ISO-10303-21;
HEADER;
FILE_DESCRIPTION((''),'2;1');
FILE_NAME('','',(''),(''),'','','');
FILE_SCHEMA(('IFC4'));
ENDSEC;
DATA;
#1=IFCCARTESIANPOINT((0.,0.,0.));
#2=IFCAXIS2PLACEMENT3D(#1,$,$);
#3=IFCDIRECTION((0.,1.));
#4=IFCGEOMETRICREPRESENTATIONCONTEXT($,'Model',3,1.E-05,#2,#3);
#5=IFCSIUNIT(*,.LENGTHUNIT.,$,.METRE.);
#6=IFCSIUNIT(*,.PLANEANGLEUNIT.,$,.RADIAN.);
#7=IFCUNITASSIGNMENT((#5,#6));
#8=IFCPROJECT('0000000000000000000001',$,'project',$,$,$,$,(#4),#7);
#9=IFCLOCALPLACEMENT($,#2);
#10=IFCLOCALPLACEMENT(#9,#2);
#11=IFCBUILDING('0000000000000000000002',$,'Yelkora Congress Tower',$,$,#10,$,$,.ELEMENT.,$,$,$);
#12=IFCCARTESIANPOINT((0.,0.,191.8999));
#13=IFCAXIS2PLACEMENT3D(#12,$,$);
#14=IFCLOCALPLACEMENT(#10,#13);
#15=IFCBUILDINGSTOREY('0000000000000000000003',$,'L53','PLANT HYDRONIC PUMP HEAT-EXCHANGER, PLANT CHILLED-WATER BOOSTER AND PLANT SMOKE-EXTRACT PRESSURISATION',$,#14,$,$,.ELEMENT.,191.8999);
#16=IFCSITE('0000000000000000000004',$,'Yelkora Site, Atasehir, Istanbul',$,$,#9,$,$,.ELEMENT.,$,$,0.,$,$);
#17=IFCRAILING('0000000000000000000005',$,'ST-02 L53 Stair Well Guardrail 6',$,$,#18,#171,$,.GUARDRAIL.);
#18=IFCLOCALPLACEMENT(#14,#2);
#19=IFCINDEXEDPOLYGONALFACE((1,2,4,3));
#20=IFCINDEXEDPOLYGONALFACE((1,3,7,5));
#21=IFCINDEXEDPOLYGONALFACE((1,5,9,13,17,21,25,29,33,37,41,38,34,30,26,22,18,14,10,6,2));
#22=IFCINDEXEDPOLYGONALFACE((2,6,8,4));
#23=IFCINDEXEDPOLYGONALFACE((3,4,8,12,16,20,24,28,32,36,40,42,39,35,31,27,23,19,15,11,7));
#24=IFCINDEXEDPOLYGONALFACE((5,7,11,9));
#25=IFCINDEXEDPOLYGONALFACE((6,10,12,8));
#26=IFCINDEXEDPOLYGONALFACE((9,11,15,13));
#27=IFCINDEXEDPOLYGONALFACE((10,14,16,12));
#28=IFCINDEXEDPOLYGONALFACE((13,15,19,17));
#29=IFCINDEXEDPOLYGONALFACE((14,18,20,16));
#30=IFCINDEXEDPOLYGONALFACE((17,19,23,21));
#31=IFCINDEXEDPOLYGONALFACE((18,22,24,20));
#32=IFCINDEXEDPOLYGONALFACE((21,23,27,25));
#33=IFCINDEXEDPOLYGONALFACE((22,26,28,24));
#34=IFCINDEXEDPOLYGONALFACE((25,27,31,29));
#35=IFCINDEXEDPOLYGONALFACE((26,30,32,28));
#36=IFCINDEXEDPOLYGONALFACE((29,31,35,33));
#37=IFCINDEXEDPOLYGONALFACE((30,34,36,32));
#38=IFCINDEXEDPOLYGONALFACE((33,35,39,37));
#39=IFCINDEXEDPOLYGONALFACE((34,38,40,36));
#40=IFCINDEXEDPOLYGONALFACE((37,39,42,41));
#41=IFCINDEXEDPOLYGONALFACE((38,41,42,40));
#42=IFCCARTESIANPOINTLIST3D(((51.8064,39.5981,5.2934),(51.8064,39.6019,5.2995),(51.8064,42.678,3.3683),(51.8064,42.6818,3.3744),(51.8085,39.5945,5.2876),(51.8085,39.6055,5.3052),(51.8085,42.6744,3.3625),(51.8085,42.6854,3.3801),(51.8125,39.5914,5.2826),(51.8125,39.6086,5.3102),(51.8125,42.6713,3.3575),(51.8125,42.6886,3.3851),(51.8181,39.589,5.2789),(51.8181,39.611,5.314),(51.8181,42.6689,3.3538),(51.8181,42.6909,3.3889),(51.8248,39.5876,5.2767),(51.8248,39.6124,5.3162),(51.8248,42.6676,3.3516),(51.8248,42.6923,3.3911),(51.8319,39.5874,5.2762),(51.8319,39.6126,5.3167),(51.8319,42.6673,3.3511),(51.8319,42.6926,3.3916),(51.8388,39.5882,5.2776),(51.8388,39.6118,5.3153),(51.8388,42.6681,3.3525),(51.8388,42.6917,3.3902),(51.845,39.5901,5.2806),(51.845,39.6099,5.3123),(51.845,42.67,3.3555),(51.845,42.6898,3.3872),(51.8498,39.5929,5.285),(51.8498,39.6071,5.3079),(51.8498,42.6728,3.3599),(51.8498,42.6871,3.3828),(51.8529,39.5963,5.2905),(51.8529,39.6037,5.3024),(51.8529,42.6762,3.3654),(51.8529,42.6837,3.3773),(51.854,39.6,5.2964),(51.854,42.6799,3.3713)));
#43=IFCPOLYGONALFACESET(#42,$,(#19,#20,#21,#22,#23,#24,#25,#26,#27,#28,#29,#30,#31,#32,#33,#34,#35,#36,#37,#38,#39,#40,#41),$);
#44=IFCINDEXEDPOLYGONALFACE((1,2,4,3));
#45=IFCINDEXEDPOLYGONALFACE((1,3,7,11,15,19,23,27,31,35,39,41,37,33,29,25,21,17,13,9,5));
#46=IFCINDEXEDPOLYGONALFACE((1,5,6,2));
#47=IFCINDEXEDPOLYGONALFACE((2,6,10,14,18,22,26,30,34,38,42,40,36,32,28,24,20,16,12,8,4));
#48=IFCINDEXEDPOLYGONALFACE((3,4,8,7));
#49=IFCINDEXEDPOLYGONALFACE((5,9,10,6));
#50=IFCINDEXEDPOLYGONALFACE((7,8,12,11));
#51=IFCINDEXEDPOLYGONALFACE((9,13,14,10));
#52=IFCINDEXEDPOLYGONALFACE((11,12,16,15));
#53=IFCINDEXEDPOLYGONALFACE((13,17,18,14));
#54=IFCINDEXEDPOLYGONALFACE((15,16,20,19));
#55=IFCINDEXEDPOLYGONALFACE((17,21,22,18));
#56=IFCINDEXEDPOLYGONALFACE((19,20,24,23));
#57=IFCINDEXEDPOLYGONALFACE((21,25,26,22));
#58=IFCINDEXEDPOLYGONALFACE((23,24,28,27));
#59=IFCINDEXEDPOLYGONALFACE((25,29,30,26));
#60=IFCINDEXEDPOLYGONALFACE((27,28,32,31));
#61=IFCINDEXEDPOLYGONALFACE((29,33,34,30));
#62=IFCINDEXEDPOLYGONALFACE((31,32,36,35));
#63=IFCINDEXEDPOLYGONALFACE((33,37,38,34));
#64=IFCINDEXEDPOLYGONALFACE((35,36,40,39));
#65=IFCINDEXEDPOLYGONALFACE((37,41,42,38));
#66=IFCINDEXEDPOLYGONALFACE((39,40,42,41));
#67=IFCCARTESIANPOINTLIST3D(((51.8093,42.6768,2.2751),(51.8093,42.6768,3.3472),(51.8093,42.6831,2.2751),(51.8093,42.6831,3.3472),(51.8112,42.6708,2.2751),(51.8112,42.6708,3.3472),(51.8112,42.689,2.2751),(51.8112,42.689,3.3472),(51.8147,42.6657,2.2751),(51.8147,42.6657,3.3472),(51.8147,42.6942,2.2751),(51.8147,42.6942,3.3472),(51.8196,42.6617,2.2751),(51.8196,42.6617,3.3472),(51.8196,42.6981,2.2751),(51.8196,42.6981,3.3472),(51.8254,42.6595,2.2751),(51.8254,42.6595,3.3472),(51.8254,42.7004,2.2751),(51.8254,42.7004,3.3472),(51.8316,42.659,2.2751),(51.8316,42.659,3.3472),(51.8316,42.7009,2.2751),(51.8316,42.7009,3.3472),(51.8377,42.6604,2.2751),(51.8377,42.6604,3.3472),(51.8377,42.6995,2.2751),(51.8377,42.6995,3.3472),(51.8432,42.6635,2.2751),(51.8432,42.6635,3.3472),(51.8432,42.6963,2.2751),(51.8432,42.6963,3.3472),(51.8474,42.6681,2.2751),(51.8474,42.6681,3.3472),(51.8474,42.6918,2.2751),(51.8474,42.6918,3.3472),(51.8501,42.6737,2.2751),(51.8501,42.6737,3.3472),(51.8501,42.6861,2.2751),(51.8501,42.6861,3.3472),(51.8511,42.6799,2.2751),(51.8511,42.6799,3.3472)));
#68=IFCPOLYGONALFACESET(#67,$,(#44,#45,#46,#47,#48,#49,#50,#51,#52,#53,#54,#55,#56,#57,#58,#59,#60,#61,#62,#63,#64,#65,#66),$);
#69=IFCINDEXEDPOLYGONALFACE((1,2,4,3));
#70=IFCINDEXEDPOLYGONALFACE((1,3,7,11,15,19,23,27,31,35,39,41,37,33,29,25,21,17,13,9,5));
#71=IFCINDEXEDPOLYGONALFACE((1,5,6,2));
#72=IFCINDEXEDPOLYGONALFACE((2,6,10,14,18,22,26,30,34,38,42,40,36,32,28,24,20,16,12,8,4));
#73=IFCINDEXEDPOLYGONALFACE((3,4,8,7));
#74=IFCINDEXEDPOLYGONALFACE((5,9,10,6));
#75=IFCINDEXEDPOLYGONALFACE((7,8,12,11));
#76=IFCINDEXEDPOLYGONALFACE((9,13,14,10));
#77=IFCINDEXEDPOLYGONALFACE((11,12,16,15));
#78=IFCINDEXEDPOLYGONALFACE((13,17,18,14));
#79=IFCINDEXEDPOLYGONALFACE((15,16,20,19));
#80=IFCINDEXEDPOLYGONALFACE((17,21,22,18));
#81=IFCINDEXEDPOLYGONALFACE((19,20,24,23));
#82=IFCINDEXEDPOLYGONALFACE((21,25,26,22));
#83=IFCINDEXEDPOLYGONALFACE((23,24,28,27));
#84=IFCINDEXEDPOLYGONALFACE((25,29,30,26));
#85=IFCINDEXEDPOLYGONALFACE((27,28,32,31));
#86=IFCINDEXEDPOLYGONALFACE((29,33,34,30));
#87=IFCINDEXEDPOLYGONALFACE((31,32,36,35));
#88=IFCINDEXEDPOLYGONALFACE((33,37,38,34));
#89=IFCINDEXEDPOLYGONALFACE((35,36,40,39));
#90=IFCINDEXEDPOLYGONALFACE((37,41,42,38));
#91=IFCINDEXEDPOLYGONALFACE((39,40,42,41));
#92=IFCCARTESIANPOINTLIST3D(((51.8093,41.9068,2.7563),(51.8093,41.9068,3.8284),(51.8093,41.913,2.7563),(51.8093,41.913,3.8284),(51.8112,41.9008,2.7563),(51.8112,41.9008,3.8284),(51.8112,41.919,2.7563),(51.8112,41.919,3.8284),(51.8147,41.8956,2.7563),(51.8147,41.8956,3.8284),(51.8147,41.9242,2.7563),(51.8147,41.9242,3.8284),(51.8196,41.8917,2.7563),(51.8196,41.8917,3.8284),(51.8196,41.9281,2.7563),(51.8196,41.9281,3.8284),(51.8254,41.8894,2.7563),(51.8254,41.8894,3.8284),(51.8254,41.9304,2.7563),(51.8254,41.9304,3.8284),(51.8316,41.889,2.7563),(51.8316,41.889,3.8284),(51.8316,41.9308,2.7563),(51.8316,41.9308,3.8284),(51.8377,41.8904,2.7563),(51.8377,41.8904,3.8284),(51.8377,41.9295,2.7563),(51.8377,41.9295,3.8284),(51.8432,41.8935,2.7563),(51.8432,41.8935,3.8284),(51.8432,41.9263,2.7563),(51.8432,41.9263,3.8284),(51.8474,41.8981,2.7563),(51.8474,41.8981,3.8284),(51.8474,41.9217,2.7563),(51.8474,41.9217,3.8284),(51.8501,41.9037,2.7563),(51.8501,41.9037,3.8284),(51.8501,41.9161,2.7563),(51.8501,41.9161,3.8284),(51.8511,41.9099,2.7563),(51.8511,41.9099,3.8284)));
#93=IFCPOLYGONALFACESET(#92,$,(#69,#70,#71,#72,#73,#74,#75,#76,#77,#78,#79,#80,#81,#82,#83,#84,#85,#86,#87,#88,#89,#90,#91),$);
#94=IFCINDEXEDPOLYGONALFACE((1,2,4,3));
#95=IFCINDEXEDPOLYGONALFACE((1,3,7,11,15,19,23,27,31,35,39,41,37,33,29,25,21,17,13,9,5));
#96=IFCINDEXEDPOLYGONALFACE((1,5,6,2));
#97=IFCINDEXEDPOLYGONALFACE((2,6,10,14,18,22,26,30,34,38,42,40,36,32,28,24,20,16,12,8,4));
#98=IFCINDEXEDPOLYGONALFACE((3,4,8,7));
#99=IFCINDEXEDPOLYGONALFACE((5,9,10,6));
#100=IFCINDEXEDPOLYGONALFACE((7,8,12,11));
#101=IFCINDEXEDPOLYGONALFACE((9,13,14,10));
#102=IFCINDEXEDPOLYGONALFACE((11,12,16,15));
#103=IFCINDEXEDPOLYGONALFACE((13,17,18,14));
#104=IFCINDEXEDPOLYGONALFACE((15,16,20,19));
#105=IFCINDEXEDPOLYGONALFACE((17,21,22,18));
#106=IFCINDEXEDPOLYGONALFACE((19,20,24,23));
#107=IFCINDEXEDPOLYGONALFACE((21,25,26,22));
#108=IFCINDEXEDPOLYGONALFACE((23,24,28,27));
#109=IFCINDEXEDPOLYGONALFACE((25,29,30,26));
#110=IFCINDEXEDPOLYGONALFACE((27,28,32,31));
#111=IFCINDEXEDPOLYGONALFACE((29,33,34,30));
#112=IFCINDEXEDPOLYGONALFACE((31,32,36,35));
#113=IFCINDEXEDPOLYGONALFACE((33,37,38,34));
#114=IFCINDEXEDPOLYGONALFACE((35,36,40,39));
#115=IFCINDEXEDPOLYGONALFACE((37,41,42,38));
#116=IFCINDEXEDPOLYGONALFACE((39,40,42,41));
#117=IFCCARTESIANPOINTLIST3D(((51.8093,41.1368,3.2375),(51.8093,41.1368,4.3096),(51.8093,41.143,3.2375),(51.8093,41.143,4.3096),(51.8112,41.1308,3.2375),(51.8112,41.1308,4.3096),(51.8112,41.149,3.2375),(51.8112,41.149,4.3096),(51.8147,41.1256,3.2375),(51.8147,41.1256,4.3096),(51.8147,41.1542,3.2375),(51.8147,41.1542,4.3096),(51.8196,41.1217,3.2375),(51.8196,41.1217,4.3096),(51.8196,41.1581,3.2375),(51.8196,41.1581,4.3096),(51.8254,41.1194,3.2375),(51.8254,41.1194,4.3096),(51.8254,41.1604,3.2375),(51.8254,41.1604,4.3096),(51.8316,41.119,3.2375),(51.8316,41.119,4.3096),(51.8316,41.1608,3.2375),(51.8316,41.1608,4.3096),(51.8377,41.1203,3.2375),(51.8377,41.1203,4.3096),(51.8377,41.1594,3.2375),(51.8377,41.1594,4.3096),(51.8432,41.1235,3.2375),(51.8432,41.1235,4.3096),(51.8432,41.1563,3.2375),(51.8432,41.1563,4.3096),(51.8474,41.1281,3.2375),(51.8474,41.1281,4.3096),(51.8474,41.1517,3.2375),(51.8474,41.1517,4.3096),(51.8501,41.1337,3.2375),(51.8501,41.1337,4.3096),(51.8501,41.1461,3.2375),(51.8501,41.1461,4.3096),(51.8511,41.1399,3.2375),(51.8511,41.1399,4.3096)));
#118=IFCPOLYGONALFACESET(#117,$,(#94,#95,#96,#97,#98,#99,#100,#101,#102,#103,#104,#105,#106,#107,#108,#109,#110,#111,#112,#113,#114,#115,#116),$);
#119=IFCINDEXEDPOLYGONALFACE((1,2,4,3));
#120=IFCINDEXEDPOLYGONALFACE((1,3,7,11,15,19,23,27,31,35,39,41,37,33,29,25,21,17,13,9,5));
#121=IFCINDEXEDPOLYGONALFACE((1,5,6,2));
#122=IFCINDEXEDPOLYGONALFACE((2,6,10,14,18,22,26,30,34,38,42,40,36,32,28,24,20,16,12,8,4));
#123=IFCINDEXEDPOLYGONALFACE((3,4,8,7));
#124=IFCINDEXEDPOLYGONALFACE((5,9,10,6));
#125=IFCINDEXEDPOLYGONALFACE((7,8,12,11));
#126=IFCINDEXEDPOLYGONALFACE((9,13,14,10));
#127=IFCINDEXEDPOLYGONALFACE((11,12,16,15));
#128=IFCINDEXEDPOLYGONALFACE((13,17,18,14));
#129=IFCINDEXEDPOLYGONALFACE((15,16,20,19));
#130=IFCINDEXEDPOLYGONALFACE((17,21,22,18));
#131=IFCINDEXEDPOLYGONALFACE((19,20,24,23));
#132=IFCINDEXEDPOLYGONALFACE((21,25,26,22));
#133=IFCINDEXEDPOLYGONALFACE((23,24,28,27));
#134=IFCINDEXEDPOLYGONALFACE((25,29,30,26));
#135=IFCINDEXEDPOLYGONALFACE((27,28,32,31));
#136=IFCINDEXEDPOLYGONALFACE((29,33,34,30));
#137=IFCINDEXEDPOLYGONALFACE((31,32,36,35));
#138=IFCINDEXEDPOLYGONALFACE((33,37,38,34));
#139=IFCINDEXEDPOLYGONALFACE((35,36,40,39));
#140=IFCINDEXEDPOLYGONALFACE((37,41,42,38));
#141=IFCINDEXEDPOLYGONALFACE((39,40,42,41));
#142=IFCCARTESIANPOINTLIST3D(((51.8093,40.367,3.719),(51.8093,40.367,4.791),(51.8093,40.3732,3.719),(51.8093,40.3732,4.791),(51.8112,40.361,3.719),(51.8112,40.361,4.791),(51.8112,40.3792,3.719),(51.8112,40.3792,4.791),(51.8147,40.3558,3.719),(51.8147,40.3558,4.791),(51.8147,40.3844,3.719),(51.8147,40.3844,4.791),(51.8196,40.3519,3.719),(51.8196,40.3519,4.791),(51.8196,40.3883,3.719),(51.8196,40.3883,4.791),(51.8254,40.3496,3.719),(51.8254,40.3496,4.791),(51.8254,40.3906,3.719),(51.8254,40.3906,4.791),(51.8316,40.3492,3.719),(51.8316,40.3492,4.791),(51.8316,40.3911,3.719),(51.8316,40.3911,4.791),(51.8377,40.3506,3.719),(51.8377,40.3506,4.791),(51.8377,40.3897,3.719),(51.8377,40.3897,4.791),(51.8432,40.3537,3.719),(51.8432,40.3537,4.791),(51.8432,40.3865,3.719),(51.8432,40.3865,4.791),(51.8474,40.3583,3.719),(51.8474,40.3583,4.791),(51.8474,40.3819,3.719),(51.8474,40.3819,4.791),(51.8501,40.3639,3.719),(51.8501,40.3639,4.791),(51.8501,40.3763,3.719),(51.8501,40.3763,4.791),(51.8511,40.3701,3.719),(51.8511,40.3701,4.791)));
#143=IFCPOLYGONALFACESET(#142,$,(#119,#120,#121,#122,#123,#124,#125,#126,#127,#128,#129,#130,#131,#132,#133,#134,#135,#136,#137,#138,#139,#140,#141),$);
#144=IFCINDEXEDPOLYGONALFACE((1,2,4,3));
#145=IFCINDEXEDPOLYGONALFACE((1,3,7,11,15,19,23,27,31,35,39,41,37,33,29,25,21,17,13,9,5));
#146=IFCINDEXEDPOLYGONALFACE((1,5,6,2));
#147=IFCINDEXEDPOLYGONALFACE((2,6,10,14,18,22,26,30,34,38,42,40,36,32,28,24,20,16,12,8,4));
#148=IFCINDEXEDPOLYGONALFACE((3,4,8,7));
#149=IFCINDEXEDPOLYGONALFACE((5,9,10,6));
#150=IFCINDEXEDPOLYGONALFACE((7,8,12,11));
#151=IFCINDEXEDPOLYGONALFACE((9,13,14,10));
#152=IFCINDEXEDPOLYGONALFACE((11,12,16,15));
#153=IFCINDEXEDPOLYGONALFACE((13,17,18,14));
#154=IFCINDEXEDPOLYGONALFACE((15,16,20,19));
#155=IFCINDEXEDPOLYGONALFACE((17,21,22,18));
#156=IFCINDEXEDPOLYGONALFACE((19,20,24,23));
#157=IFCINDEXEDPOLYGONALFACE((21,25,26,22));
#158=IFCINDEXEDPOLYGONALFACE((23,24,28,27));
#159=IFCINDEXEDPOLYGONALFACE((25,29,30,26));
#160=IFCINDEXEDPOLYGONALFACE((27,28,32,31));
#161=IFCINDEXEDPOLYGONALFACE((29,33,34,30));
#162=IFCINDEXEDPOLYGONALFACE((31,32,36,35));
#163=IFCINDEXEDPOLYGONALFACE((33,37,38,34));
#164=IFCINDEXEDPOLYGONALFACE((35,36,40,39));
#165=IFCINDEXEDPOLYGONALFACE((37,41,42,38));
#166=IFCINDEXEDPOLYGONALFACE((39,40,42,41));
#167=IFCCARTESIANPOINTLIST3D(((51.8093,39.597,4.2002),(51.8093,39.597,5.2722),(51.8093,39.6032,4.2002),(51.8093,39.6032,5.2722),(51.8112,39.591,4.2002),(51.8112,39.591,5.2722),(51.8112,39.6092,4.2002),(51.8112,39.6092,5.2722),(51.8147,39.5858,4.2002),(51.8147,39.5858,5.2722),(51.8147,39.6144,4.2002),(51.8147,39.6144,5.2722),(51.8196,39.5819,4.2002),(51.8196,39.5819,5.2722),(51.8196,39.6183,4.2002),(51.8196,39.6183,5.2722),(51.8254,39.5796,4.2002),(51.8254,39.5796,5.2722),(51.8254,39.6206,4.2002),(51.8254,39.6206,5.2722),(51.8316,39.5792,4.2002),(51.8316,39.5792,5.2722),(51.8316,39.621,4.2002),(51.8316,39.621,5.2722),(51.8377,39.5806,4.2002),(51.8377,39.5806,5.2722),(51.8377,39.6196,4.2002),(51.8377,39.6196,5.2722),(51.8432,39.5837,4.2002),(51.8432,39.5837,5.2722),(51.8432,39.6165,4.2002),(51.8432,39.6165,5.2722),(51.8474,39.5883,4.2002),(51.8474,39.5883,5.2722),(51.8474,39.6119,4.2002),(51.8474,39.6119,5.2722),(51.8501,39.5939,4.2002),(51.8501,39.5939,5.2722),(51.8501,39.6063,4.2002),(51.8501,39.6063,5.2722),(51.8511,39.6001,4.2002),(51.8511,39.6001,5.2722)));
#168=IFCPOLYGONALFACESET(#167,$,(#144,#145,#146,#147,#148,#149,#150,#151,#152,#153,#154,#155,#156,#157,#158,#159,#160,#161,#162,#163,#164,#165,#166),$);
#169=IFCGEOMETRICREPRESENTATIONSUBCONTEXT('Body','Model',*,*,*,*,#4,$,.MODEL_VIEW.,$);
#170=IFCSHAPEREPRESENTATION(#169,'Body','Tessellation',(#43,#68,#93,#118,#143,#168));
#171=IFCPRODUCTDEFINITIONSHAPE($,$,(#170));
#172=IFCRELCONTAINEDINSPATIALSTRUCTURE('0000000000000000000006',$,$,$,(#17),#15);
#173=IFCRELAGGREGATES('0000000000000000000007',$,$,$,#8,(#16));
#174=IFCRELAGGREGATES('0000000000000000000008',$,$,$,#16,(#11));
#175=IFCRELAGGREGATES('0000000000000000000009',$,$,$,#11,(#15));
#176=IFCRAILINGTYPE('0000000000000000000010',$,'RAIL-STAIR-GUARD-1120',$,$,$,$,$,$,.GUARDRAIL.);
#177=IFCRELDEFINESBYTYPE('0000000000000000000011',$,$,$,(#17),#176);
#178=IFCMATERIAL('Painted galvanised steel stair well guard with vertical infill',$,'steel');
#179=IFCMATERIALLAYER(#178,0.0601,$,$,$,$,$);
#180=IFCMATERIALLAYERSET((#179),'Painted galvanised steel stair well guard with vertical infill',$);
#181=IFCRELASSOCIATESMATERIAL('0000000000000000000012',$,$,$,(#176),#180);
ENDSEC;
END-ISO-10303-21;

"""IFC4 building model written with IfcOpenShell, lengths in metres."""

from ifc_helpers import new_model, si_unit, direction, frame, origin, origin_2d, place, context, subcontext, project, spatial, circle, extrude, material, layer, layer_set, type_object, element, save


model = new_model("IFC4")

# Units and contexts
model_context = context("Model", 3, precision=1e-05, world=origin(), true_north=direction((0.0, 1.0)))
body_context = subcontext(model_context, "Body", "Model", "MODEL_VIEW")
ifc_project = project(units=[si_unit("LENGTHUNIT", "METRE"), si_unit("PLANEANGLEUNIT", "RADIAN")], contexts=[model_context])

# Site, building, storey
site_placement = place(None, origin())
site = spatial("IfcSite", under=ifc_project, at=site_placement, Name="Yelkora Site, Atasehir, Istanbul", CompositionType="ELEMENT", RefElevation=0.0)
building_placement = place(site_placement, origin())
building = spatial("IfcBuilding", under=site, at=building_placement, Name="Yelkora Congress Tower", CompositionType="ELEMENT")
storey_placement = place(building_placement, frame((0.0, 0.0, 191.8999)))
storey = spatial("IfcBuildingStorey", under=building, at=storey_placement, Name="L53", Description="PLANT HYDRONIC PUMP HEAT-EXCHANGER, PLANT CHILLED-WATER BOOSTER AND PLANT SMOKE-EXTRACT PRESSURISATION", CompositionType="ELEMENT", Elevation=191.8999)

# Railing
ifc_material_1 = material(Name="Painted galvanised steel stair well guard with vertical infill", Category="steel")
ifc_layer_1 = layer(ifc_material_1, 0.0601)
ifc_layer_set_1 = layer_set([ifc_layer_1], Name="Painted galvanised steel stair well guard with vertical infill")
railing_type_1 = type_object("IfcRailingType", Name="RAIL-STAIR-GUARD-1120", PredefinedType="GUARDRAIL", material=ifc_layer_set_1)
railing_1_placement = place(storey_placement, frame((51.8301, 42.6799, 2.2751)))
element("IfcRailing", 1, at=railing_1_placement, inside=storey, type_object=railing_type_1, Name="ST-02 L53 Stair Well Guardrail 6", PredefinedType="GUARDRAIL", context=body_context, shape_type="SweptSolid", body=[
    extrude(circle(Radius=0.0239, at=origin_2d()), frame((0.0, 0.0, 1.0962), z_axis=(0.0, -0.847979, 0.530029), x_axis=(1.0, 0.0, 0.0)), (0.0, 0.0, 1.0), 3.6321),
    extrude(circle(Radius=0.021, at=origin_2d()), origin(), (0.0, 0.0, 1.0), 1.072),
    extrude(circle(Radius=0.021, at=origin_2d()), frame((0.0, -0.77, 0.4812)), (0.0, 0.0, 1.0), 1.072),
    extrude(circle(Radius=0.021, at=origin_2d()), frame((0.0, -1.54, 0.9624)), (0.0, 0.0, 1.0), 1.072),
    extrude(circle(Radius=0.021, at=origin_2d()), frame((0.0, -2.3098, 1.4438)), (0.0, 0.0, 1.0), 1.072),
    extrude(circle(Radius=0.021, at=origin_2d()), frame((0.0, -3.0798, 1.925)), (0.0, 0.0, 1.0), 1.072),
])

save(model, "model.ifc")
